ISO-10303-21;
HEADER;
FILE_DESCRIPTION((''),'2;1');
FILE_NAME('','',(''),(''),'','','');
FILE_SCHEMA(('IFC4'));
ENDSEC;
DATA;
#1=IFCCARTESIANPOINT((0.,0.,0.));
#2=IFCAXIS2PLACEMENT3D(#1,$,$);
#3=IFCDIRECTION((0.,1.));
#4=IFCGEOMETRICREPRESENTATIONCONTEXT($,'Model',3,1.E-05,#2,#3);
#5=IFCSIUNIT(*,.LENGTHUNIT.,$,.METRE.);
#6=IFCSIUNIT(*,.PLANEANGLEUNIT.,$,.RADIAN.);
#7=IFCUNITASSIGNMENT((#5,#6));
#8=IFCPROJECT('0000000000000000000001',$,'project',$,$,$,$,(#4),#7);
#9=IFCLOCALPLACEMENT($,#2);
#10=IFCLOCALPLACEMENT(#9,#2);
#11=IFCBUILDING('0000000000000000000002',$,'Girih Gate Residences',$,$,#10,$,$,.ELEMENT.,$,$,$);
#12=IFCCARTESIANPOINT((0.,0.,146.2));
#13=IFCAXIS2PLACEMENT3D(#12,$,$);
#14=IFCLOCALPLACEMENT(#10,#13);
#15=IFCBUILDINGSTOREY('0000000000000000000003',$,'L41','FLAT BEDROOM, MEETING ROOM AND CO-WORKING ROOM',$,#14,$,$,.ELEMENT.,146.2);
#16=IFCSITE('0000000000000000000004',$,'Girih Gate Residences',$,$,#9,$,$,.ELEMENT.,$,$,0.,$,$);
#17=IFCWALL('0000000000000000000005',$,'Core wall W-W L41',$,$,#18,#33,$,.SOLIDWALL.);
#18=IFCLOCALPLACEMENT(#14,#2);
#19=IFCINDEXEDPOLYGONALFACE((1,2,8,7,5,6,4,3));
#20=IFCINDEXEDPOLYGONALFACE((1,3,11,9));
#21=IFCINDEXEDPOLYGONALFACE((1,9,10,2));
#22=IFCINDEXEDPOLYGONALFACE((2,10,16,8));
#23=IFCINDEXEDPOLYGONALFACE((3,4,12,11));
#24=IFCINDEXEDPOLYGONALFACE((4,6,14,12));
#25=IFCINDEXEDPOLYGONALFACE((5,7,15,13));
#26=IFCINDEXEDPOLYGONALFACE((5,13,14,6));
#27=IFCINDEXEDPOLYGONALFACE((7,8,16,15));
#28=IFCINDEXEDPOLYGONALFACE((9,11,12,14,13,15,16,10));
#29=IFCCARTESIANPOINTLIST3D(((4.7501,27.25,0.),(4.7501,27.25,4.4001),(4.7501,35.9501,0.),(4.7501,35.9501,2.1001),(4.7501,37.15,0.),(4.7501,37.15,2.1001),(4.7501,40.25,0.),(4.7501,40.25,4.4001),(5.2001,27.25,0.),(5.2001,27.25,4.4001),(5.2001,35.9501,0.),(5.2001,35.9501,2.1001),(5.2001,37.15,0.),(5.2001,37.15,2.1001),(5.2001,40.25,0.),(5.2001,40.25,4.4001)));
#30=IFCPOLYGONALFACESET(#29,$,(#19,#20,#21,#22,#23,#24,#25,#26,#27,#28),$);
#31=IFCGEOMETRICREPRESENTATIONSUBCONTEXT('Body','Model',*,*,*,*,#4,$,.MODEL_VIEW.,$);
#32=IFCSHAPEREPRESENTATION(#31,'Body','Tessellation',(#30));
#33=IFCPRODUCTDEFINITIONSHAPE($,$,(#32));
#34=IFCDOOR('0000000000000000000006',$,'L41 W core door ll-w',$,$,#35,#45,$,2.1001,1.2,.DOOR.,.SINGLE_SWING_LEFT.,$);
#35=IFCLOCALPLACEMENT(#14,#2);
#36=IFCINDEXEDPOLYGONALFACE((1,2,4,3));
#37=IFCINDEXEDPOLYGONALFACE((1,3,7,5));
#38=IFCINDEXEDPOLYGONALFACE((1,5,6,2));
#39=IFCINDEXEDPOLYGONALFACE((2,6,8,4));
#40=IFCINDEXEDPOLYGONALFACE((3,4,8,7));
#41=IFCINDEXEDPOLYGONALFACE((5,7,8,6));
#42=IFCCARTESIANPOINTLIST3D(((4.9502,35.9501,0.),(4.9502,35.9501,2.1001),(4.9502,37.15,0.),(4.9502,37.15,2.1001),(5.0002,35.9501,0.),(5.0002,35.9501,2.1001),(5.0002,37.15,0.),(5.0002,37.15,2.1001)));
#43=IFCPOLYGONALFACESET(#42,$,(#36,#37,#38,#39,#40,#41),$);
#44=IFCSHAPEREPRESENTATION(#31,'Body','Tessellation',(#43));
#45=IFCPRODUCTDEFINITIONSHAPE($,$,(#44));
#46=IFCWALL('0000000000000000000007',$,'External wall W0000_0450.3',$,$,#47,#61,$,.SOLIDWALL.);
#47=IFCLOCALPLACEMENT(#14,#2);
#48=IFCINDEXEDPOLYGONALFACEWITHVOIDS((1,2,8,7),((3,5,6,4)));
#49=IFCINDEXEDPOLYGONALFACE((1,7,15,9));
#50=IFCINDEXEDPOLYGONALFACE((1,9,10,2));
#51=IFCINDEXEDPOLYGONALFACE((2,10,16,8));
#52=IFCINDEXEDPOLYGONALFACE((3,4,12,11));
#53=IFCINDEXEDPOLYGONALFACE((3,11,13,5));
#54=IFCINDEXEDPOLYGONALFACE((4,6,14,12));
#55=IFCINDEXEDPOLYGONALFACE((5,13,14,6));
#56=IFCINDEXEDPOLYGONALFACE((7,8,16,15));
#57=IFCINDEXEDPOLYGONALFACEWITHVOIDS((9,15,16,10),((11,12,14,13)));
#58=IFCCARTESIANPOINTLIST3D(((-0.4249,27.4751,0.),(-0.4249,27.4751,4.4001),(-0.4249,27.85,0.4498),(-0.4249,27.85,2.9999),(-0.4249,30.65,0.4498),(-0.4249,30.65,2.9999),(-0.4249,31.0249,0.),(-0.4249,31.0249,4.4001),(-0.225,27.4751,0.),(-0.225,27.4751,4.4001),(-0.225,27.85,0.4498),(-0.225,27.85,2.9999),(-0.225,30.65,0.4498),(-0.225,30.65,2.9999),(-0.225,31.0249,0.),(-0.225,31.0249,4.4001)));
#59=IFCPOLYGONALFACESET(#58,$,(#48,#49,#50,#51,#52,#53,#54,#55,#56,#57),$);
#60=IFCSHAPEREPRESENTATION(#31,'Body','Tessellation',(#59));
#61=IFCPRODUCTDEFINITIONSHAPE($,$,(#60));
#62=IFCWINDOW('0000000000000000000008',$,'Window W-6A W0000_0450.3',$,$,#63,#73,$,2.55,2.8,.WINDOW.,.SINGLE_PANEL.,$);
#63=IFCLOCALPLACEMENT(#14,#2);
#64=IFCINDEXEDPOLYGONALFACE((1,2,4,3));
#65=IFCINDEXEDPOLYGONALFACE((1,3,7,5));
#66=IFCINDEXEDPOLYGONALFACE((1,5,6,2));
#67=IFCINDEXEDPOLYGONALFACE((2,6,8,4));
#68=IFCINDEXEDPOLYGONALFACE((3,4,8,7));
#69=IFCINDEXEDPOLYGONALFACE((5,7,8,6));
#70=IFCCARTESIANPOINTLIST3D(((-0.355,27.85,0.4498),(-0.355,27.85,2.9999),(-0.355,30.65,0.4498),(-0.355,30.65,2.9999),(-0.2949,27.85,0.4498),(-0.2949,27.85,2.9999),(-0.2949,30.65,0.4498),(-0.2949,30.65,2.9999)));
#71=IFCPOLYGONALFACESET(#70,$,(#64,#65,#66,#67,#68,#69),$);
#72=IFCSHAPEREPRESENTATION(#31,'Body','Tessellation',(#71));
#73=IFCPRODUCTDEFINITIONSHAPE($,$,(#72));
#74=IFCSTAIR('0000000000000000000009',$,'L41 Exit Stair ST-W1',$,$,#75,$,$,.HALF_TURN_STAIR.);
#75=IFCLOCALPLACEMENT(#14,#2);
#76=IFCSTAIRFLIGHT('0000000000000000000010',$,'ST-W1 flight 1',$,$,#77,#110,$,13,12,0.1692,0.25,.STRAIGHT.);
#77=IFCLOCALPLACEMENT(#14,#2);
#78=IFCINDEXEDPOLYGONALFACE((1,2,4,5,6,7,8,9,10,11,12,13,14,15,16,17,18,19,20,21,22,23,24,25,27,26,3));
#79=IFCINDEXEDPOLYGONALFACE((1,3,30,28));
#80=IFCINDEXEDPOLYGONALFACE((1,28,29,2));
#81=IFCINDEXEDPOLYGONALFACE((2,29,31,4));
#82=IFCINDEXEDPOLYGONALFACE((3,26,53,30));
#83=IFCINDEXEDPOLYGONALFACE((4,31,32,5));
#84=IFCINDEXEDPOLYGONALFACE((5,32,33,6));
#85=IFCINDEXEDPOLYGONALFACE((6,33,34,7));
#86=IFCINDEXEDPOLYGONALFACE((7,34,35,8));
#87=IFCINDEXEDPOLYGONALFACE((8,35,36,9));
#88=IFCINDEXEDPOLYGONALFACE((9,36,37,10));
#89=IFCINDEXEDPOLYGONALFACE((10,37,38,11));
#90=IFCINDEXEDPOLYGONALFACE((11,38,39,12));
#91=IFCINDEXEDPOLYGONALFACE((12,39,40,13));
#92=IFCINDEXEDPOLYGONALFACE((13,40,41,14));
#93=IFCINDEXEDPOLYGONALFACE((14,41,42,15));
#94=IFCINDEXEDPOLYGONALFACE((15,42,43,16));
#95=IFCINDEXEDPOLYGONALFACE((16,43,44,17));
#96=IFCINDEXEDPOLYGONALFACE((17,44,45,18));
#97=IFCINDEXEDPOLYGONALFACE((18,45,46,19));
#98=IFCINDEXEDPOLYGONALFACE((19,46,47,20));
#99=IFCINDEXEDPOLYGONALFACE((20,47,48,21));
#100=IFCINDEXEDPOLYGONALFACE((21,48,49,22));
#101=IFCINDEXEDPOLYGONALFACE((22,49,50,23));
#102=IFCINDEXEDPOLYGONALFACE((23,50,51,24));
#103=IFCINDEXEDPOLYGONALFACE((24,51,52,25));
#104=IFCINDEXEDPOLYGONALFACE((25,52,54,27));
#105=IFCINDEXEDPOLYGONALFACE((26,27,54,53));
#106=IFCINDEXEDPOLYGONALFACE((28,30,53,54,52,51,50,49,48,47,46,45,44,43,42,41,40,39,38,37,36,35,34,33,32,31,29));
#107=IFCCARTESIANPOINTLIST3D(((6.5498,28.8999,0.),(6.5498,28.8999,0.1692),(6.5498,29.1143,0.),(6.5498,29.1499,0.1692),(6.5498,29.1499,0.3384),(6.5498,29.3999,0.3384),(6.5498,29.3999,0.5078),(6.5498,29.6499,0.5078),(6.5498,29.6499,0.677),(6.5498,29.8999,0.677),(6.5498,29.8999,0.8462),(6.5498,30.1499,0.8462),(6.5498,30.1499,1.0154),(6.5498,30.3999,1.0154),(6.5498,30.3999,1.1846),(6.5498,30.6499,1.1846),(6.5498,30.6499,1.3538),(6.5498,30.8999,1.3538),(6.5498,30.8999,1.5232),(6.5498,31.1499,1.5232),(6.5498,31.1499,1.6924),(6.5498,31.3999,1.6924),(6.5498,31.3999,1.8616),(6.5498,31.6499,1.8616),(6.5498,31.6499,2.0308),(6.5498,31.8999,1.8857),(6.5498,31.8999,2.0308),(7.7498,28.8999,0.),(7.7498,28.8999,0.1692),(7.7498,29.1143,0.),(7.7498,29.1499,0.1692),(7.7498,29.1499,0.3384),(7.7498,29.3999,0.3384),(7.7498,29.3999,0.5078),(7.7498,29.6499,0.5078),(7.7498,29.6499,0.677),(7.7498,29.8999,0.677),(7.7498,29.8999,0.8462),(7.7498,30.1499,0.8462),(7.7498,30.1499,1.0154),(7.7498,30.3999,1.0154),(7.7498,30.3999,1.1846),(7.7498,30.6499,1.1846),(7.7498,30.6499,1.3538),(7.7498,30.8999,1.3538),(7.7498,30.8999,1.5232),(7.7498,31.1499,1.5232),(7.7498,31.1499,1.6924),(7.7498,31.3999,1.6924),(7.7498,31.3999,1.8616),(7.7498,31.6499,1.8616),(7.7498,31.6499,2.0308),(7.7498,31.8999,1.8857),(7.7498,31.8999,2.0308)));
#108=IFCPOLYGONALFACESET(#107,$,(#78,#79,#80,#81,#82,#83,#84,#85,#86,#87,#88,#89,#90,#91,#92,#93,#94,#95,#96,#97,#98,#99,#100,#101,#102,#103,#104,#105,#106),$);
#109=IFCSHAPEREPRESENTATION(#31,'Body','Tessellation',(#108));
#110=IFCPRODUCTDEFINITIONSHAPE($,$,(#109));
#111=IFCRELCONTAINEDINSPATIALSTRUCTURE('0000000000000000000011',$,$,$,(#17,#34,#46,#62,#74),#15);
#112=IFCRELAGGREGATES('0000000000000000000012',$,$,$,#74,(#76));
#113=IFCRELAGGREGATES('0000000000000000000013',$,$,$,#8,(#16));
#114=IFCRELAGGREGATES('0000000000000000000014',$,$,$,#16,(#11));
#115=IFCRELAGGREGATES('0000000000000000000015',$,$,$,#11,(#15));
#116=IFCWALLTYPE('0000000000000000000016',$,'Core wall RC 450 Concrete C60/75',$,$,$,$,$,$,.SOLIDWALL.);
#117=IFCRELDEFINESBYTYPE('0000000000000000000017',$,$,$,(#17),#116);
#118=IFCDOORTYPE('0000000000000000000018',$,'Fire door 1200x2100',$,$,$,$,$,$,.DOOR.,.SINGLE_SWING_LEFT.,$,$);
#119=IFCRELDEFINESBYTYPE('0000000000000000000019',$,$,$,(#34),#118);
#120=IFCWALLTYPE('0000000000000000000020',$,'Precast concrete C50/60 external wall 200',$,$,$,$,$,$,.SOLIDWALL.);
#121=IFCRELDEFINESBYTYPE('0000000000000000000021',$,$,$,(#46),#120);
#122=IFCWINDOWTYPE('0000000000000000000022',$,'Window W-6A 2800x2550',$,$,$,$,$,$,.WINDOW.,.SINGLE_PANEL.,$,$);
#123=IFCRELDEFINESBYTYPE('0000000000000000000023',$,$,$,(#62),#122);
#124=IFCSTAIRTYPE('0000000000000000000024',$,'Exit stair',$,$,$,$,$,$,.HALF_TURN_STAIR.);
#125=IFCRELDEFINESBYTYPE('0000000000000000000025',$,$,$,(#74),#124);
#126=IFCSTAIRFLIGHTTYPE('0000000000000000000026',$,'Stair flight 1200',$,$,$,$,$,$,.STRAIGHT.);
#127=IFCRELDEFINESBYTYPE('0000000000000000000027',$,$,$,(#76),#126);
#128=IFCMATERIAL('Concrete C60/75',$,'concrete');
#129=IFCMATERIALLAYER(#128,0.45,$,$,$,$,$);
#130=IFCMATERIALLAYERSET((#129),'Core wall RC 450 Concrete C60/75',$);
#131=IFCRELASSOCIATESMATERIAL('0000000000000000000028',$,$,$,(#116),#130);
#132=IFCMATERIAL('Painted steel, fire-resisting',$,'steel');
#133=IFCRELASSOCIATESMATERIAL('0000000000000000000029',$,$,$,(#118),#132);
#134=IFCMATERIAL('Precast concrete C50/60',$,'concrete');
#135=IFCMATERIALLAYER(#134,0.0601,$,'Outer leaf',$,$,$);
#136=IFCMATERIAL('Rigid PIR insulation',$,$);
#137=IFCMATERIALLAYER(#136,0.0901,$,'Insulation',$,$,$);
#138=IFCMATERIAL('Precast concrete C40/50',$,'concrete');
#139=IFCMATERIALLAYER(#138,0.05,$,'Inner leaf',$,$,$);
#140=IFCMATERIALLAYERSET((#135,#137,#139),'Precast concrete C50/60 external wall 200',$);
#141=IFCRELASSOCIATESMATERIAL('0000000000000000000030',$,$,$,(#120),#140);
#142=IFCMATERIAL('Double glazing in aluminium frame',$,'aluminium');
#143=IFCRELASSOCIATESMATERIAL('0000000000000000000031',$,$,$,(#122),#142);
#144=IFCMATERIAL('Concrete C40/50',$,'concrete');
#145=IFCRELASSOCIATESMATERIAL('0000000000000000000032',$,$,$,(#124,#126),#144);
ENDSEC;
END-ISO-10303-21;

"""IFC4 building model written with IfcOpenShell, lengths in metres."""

from ifc_helpers import new_model, si_unit, direction, frame, frame_2d, origin, place, context, subcontext, project, spatial, polyline, rectangle, outline, extrude, material, layer, layer_set, type_object, element, fill, aggregate, save


model = new_model("IFC4")

# Units and contexts
model_context = context("Model", 3, precision=1e-05, world=origin(), true_north=direction((0.0, 1.0)))
body_context = subcontext(model_context, "Body", "Model", "MODEL_VIEW")
ifc_project = project(units=[si_unit("LENGTHUNIT", "METRE"), si_unit("PLANEANGLEUNIT", "RADIAN")], contexts=[model_context])

# Site, building, storey
site_placement = place(None, origin())
site = spatial("IfcSite", under=ifc_project, at=site_placement, Name="Girih Gate Residences", CompositionType="ELEMENT", RefElevation=0.0)
building_placement = place(site_placement, origin())
building = spatial("IfcBuilding", under=site, at=building_placement, Name="Girih Gate Residences", CompositionType="ELEMENT")
storey_placement = place(building_placement, frame((0.0, 0.0, 146.2)))
storey = spatial("IfcBuildingStorey", under=building, at=storey_placement, Name="L41", Description="FLAT BEDROOM, MEETING ROOM AND CO-WORKING ROOM", CompositionType="ELEMENT", Elevation=146.2)

# Shared definitions
ifc_material_1 = material(Name="Concrete C60/75", Category="concrete")

# Shared definitions
ifc_layer_1 = layer(ifc_material_1, 0.45)
ifc_layer_set_1 = layer_set([ifc_layer_1], Name="Core wall RC 450 Concrete C60/75")
wall_type_1 = type_object("IfcWallType", Name="Core wall RC 450 Concrete C60/75", PredefinedType="SOLIDWALL", material=ifc_layer_set_1)
ifc_material_2 = material(Name="Painted steel, fire-resisting", Category="steel")

# Wall, opening, door
wall_1_placement = place(storey_placement, frame((4.9751, 27.25, 0.0), z_axis=(0.0, 0.0, 1.0), x_axis=(0.0, 1.0, 0.0)))
wall_1 = element("IfcWall", 1, at=wall_1_placement, inside=storey, type_object=wall_type_1, Name="Core wall W-W L41", PredefinedType="SOLIDWALL", context=body_context, shape_type="SweptSolid", body=[
    extrude(rectangle(XDim=13.0, YDim=0.45, at=frame_2d((6.5, 0.0))), origin(), (0.0, 0.0, 1.0), 4.4001),
])
opening_1_placement = place(wall_1_placement, frame((8.7, 0.0, 0.0)))
opening_1 = element("IfcOpeningElement", 2, at=opening_1_placement, cuts=wall_1, PredefinedType="OPENING", context=body_context, shape_type="SweptSolid", body=[
    extrude(rectangle(XDim=1.2, YDim=2.1001, at=frame_2d((0.6001, 1.05))), frame((0.0, 0.2349, 0.0), z_axis=(0.0, -1.0, 0.0), x_axis=(1.0, 0.0, 0.0)), (0.0, 0.0, 1.0), 0.47),
])
door_type_1 = type_object("IfcDoorType", Name="Fire door 1200x2100", OperationType="SINGLE_SWING_LEFT", PredefinedType="DOOR", material=ifc_material_2)
door_1_placement = place(opening_1_placement, origin())
door_1 = element("IfcDoor", 3, at=door_1_placement, inside=storey, type_object=door_type_1, Name="L41 W core door ll-w", OperationType="SINGLE_SWING_LEFT", OverallHeight=2.1001, OverallWidth=1.2, PredefinedType="DOOR", context=body_context, shape_type="SweptSolid", body=[
    extrude(rectangle(XDim=1.2, YDim=2.1001, at=frame_2d((0.6001, 1.05))), frame((0.0, 0.0249, 0.0), z_axis=(0.0, -1.0, 0.0), x_axis=(1.0, 0.0, 0.0)), (0.0, 0.0, 1.0), 0.05),
])
fill(opening_1, door_1)

# Wall, opening, window
ifc_material_3 = material(Name="Precast concrete C50/60", Category="concrete")
ifc_layer_2 = layer(ifc_material_3, 0.0601, Name="Outer leaf")
ifc_material_4 = material(Name="Rigid PIR insulation")
ifc_layer_3 = layer(ifc_material_4, 0.0901, Name="Insulation")
ifc_material_5 = material(Name="Precast concrete C40/50", Category="concrete")
ifc_layer_4 = layer(ifc_material_5, 0.05, Name="Inner leaf")
ifc_layer_set_2 = layer_set([ifc_layer_2, ifc_layer_3, ifc_layer_4], Name="Precast concrete C50/60 external wall 200")
wall_type_2 = type_object("IfcWallType", Name="Precast concrete C50/60 external wall 200", PredefinedType="SOLIDWALL", material=ifc_layer_set_2)
wall_2_placement = place(storey_placement, frame((-0.325, 27.4751, 0.0), z_axis=(0.0, 0.0, 1.0), x_axis=(0.0, 1.0, 0.0)))
wall_2 = element("IfcWall", 4, at=wall_2_placement, inside=storey, type_object=wall_type_2, Name="External wall W0000_0450.3", PredefinedType="SOLIDWALL", context=body_context, shape_type="SweptSolid", body=[
    extrude(rectangle(XDim=3.5498, YDim=0.2, at=frame_2d((1.7749, 0.0))), origin(), (0.0, 0.0, 1.0), 4.4001),
])
opening_2_placement = place(wall_2_placement, frame((0.375, 0.0, 0.45)))
opening_2 = element("IfcOpeningElement", 5, at=opening_2_placement, cuts=wall_2, PredefinedType="OPENING", context=body_context, shape_type="SweptSolid", body=[
    extrude(rectangle(XDim=2.8, YDim=2.55, at=frame_2d((1.3999, 1.2749))), frame((0.0, 0.1099, 0.0), z_axis=(0.0, -1.0, 0.0), x_axis=(1.0, 0.0, 0.0)), (0.0, 0.0, 1.0), 0.22),
])
ifc_material_6 = material(Name="Double glazing in aluminium frame", Category="aluminium")
window_type = type_object("IfcWindowType", Name="Window W-6A 2800x2550", PartitioningType="SINGLE_PANEL", PredefinedType="WINDOW", material=ifc_material_6)
window_placement = place(opening_2_placement, origin())
window = element("IfcWindow", 6, at=window_placement, inside=storey, type_object=window_type, Name="Window W-6A W0000_0450.3", OverallHeight=2.55, OverallWidth=2.8, PartitioningType="SINGLE_PANEL", PredefinedType="WINDOW", context=body_context, shape_type="SweptSolid", body=[
    extrude(rectangle(XDim=2.8, YDim=2.55, at=frame_2d((1.3999, 1.2749))), frame((0.0, 0.03, 0.0), z_axis=(0.0, -1.0, 0.0), x_axis=(1.0, 0.0, 0.0)), (0.0, 0.0, 1.0), 0.0601),
])
fill(opening_2, window)

# Stair, stair flight
ifc_material_7 = material(Name="Concrete C40/50", Category="concrete")
stair_type = type_object("IfcStairType", Name="Exit stair", PredefinedType="HALF_TURN_STAIR", material=ifc_material_7)
stair_placement = place(storey_placement, origin())
stair = element("IfcStair", 7, at=stair_placement, inside=storey, type_object=stair_type, Name="L41 Exit Stair ST-W1", PredefinedType="HALF_TURN_STAIR")
stair_flight_type = type_object("IfcStairFlightType", Name="Stair flight 1200", PredefinedType="STRAIGHT", material=ifc_material_7)
stair_flight_placement = place(storey_placement, frame((7.1499, 28.8999, 0.0), z_axis=(0.0, 0.0, 1.0), x_axis=(0.0, 1.0, 0.0)))
stair_flight = element("IfcStairFlight", 8, at=stair_flight_placement, type_object=stair_flight_type, Name="ST-W1 flight 1", NumberOfRisers=13, NumberOfTreads=12, PredefinedType="STRAIGHT", RiserHeight=0.1692, TreadLength=0.25, context=body_context, shape_type="SweptSolid", body=[
    extrude(outline(polyline([(0.0, 0.0), (0.0, 0.1692), (0.25, 0.1692), (0.25, 0.3384), (0.5, 0.3384), (0.5, 0.5078), (0.75, 0.5078), (0.75, 0.677), (1.0, 0.677), (1.0, 0.8462), (1.25, 0.8462), (1.25, 1.0154), (1.5, 1.0154), (1.5, 1.1846), (1.75, 1.1846), (1.75, 1.3538), (2.0, 1.3538), (2.0, 1.5232), (2.25, 1.5232), (2.25, 1.6924), (2.5, 1.6924), (2.5, 1.8616), (2.75, 1.8616), (2.75, 2.0308), (3.0, 2.0308), (3.0, 2.2), (3.0, 1.8857), (0.2144, 0.0), (0.0, 0.0)])), frame((0.0, 0.6001, 0.0), z_axis=(0.0, -1.0, 0.0), x_axis=(1.0, 0.0, 0.0)), (0.0, 0.0, 1.0), 1.2),
])
aggregate(stair, [stair_flight])

save(model, "model.ifc")
